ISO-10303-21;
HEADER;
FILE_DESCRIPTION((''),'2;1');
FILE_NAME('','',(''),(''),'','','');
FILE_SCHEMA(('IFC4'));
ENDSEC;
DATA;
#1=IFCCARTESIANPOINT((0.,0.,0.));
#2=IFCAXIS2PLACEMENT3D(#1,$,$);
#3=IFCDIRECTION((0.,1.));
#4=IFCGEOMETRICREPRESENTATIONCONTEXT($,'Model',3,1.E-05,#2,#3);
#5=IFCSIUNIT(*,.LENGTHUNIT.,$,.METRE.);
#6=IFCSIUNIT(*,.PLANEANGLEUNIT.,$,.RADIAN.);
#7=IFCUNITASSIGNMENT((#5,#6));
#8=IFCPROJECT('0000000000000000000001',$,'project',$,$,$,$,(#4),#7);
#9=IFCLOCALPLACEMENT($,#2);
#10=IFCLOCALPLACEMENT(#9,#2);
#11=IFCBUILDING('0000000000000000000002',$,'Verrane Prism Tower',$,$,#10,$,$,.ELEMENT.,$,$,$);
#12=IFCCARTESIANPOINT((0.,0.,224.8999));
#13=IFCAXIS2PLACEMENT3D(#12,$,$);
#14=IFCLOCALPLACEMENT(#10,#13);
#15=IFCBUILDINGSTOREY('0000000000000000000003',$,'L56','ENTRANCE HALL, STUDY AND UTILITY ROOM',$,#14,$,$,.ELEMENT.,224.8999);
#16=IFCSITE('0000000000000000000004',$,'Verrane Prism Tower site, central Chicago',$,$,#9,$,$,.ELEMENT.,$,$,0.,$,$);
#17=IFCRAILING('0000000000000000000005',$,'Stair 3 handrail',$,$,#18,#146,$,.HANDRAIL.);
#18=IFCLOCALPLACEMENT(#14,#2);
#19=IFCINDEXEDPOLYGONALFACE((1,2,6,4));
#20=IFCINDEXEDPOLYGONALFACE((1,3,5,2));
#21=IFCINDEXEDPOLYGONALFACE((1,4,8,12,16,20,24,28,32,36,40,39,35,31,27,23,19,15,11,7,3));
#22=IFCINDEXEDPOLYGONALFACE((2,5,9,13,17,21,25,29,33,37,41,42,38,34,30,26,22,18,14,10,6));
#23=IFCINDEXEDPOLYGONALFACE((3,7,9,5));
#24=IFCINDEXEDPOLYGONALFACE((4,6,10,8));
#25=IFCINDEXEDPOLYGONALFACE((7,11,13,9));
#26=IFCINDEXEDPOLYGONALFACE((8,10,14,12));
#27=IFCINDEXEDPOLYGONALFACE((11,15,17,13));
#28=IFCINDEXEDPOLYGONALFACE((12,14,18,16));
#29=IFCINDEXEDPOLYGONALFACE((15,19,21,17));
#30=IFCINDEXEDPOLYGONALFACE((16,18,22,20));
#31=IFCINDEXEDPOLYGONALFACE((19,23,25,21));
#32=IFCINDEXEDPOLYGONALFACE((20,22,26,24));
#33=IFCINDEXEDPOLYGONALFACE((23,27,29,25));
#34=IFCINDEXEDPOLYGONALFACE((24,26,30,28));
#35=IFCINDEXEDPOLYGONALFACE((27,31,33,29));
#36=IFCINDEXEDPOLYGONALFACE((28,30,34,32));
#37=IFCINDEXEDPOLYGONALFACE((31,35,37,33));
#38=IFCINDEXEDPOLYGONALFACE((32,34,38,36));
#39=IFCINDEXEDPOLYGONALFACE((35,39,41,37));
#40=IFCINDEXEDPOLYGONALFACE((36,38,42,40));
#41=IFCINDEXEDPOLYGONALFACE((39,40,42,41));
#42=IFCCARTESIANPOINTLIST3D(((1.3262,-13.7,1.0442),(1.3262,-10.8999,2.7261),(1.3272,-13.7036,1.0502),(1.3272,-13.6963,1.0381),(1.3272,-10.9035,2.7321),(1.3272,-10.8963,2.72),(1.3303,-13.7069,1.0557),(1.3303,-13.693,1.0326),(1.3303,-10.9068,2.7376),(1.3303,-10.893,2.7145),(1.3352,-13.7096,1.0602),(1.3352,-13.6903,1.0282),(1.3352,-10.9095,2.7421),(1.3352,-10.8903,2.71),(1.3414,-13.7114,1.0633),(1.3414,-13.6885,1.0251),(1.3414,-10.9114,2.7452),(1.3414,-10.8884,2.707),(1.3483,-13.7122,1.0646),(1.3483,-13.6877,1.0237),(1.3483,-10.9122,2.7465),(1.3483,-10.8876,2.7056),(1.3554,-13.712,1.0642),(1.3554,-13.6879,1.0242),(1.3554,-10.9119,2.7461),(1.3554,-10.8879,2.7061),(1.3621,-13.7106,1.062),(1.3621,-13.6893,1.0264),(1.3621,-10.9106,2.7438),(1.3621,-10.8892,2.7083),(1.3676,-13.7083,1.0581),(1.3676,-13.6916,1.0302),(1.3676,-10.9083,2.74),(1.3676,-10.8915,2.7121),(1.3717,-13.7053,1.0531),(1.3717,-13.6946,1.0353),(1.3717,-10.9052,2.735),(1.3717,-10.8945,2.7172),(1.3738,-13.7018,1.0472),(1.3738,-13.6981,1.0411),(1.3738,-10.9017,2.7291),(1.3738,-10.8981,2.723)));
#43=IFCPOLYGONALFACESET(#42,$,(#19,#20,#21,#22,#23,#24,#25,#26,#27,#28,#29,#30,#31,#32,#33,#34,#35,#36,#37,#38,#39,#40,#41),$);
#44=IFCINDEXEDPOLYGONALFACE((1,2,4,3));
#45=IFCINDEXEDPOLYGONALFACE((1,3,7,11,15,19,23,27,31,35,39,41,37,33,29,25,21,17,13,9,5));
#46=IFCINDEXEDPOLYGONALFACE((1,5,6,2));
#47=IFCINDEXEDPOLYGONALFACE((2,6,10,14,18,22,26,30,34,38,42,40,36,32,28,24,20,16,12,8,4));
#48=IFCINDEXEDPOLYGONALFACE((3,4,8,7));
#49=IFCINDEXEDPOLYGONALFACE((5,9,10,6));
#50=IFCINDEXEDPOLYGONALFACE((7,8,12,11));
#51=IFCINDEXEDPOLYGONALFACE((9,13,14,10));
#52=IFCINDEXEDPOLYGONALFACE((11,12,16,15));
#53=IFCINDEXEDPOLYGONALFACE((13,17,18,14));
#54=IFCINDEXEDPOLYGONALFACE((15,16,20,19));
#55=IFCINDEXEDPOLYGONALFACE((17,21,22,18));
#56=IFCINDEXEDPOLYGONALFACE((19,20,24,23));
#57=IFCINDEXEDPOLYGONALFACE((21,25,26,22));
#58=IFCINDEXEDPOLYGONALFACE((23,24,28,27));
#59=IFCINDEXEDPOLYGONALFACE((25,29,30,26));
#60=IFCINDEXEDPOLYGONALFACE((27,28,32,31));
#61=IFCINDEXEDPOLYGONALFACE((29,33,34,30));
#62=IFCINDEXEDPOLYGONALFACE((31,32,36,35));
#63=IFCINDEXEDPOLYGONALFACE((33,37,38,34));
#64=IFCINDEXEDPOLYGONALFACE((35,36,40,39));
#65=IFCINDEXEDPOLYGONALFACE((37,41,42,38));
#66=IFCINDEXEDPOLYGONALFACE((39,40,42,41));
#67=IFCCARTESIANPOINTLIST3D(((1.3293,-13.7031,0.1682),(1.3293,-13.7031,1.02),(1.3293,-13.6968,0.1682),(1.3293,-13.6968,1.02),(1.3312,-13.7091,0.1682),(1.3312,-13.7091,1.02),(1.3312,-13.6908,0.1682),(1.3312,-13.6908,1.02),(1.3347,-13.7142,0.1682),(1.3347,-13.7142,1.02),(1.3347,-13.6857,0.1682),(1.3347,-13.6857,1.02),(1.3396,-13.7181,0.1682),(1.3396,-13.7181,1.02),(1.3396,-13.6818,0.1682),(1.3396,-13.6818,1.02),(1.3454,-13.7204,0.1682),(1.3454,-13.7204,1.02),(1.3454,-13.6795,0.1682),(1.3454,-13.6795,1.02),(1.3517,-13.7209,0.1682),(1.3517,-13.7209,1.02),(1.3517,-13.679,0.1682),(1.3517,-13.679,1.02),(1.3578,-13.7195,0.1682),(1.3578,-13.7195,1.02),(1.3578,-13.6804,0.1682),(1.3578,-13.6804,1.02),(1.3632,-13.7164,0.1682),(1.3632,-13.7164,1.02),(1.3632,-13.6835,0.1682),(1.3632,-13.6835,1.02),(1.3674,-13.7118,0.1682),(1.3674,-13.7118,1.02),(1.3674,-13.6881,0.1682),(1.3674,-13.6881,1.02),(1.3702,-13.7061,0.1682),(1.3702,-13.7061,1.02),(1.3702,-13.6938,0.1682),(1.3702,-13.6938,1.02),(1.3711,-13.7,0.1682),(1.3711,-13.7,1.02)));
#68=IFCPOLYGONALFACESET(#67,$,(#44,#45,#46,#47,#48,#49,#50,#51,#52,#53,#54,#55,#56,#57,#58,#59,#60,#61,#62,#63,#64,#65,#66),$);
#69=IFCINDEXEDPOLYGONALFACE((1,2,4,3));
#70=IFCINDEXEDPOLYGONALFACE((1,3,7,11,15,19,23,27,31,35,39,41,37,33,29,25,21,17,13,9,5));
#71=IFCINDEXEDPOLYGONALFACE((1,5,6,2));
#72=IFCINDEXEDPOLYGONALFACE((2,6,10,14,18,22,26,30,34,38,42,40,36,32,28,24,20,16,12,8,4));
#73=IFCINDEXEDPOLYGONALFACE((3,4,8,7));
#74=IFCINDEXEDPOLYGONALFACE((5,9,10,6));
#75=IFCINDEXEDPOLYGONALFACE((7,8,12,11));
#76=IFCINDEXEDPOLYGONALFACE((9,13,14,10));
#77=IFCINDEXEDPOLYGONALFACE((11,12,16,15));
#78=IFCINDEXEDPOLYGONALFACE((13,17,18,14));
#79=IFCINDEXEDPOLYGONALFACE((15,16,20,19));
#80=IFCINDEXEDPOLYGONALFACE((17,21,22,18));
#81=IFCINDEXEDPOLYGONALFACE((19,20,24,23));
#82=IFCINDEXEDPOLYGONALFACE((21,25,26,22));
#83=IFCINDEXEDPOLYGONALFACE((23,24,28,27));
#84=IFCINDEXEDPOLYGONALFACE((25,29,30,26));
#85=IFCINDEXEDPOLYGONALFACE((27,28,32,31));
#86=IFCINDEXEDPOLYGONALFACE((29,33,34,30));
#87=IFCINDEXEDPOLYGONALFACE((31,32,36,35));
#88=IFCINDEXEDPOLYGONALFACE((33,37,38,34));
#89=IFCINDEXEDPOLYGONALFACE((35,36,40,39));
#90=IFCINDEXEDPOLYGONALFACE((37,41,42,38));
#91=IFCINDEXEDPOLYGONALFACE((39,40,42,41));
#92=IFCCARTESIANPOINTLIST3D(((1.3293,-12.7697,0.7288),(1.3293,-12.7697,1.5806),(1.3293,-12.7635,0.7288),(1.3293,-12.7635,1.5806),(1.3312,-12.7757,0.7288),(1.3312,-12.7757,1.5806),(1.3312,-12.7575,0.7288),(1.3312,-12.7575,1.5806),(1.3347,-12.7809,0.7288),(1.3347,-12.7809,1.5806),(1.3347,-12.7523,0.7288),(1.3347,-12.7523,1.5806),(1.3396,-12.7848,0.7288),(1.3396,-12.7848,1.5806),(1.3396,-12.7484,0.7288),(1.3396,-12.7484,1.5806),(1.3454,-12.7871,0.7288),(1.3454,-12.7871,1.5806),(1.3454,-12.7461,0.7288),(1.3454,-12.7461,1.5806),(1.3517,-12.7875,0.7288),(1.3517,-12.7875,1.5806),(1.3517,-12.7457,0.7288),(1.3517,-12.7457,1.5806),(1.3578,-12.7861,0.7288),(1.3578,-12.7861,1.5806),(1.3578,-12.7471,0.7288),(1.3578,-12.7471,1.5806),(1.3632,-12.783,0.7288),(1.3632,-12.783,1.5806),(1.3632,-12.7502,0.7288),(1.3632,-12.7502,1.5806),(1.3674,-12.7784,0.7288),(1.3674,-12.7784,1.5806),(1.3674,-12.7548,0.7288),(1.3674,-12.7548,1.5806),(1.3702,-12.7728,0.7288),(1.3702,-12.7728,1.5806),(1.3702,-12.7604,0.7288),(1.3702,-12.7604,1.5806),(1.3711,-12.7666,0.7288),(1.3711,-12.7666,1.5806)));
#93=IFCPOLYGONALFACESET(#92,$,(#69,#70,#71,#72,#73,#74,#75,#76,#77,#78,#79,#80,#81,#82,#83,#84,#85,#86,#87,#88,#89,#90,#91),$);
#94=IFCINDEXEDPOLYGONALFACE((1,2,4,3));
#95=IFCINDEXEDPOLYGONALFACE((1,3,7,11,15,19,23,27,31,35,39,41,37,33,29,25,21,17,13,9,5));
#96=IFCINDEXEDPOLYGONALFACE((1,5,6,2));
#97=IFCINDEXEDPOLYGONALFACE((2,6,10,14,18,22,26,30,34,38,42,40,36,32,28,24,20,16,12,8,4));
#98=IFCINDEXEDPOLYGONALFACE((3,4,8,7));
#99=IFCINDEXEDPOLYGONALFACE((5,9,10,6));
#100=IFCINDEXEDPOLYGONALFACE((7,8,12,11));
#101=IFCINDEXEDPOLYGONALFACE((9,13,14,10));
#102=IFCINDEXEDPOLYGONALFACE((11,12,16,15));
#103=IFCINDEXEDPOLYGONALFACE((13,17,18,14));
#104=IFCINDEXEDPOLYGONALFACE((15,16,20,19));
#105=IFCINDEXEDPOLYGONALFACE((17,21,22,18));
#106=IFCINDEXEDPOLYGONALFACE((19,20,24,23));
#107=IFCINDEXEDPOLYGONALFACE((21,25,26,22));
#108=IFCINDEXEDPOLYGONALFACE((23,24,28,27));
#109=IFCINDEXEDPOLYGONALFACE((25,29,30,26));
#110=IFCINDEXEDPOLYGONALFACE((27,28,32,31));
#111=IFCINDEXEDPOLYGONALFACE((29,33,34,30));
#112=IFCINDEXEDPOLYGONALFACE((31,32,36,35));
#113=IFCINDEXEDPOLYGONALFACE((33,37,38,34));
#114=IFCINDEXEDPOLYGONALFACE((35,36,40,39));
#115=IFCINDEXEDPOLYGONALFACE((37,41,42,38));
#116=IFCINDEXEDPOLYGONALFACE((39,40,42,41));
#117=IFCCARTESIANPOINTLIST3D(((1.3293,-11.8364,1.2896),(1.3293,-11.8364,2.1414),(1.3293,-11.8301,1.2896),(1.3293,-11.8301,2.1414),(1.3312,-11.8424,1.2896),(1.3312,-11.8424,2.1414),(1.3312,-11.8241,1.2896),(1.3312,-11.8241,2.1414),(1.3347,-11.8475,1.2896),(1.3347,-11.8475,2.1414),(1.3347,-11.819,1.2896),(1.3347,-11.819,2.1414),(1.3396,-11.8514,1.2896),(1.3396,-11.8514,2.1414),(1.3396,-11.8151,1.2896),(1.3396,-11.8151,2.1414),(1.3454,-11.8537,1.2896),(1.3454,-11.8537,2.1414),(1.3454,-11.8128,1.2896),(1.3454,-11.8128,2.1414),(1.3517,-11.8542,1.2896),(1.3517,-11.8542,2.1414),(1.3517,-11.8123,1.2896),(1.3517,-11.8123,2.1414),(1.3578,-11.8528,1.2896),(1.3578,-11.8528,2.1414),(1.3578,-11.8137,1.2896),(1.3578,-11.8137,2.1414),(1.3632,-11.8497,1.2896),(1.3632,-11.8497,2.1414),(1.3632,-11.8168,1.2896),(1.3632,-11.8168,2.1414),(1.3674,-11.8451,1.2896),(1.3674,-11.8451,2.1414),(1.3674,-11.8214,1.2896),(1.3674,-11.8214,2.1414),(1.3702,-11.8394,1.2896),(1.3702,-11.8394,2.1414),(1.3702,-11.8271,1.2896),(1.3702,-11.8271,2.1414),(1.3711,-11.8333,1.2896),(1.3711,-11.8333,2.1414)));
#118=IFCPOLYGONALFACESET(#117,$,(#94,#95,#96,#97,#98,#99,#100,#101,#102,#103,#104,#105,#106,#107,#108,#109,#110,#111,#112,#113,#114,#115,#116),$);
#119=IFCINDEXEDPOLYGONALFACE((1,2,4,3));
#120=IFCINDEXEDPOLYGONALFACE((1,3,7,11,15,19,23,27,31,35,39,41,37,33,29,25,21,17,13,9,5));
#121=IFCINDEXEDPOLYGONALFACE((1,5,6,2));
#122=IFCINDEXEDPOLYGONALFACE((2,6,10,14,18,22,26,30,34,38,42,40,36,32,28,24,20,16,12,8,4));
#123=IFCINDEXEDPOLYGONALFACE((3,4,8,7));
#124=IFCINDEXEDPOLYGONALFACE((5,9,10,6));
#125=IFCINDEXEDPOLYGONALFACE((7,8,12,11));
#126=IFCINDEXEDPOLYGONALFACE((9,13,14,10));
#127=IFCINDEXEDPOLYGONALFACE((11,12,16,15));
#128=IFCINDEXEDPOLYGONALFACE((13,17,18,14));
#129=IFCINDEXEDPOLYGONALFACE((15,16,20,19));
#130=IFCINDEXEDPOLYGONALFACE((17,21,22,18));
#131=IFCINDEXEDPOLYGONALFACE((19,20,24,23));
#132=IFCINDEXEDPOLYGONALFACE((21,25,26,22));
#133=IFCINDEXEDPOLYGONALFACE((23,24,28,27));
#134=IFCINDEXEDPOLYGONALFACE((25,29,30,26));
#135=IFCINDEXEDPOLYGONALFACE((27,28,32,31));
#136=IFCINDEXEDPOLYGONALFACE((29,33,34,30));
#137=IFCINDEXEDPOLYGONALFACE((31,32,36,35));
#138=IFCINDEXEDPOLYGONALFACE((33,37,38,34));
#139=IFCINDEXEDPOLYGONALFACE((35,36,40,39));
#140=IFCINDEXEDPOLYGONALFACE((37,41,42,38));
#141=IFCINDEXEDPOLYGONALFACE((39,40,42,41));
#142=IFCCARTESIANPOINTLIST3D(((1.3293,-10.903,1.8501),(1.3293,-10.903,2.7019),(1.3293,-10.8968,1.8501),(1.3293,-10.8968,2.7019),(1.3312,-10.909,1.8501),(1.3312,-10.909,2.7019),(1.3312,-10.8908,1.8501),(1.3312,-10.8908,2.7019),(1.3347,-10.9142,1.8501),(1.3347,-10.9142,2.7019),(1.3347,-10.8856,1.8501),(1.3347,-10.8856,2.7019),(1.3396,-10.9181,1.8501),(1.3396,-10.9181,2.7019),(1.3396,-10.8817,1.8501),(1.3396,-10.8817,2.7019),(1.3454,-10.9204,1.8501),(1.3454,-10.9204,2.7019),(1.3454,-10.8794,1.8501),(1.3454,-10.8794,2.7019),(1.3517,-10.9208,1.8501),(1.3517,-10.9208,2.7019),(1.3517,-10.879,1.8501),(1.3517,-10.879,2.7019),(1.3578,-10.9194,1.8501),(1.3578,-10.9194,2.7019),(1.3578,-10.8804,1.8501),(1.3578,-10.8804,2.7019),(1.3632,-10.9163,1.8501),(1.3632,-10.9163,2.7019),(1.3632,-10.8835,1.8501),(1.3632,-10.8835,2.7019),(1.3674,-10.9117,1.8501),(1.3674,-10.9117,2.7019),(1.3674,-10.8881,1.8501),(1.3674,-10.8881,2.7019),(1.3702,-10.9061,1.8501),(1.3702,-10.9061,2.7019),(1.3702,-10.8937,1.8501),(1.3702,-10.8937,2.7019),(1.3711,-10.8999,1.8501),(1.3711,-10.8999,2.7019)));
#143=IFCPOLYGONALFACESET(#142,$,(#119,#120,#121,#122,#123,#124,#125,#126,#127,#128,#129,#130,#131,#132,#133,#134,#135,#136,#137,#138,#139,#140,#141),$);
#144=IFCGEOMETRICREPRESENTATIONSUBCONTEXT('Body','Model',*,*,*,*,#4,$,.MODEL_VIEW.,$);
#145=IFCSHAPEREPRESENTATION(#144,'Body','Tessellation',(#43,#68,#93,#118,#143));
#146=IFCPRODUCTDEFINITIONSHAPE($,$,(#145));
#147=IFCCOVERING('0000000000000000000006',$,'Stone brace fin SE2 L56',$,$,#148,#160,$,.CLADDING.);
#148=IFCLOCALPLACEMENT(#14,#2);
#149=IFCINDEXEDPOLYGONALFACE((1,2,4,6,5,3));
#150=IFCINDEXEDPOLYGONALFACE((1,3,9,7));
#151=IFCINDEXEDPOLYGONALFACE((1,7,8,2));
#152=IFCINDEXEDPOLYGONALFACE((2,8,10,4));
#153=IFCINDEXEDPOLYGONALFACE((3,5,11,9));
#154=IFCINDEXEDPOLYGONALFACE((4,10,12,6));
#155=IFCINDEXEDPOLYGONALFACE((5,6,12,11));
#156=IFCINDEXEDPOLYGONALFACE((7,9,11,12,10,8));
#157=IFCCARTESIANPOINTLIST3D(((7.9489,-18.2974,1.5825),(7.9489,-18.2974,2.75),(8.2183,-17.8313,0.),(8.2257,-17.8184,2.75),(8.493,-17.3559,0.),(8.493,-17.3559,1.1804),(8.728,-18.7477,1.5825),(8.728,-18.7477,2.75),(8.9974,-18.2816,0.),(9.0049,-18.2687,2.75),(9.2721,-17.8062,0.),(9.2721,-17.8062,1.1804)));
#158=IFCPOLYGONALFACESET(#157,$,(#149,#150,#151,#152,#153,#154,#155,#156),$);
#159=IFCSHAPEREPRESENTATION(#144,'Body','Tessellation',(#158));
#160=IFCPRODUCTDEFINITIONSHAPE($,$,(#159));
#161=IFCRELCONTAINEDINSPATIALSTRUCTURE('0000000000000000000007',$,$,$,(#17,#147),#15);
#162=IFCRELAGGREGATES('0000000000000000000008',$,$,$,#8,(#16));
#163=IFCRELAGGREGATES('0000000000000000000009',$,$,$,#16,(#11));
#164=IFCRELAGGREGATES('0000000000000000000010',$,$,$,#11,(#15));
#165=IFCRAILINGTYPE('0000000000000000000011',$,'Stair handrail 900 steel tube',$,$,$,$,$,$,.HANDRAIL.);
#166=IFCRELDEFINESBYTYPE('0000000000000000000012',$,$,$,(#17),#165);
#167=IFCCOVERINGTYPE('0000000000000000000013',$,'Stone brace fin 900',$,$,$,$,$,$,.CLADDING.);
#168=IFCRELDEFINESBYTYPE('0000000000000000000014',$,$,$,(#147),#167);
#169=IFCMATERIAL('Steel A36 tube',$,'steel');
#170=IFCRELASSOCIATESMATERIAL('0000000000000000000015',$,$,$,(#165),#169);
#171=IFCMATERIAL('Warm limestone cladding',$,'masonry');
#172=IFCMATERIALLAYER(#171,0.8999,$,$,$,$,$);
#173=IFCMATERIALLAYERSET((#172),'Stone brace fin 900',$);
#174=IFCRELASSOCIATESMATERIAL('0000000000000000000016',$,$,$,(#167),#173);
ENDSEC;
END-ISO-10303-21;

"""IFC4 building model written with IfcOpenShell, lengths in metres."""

from ifc_helpers import new_model, si_unit, direction, frame, origin, origin_2d, place, context, subcontext, project, spatial, polyline, circle, outline, extrude, material, layer, layer_set, type_object, element, save


model = new_model("IFC4")

# Units and contexts
model_context = context("Model", 3, precision=1e-05, world=origin(), true_north=direction((0.0, 1.0)))
body_context = subcontext(model_context, "Body", "Model", "MODEL_VIEW")
ifc_project = project(units=[si_unit("LENGTHUNIT", "METRE"), si_unit("PLANEANGLEUNIT", "RADIAN")], contexts=[model_context])

# Site, building, storey
site_placement = place(None, origin())
site = spatial("IfcSite", under=ifc_project, at=site_placement, Name="Verrane Prism Tower site, central Chicago", CompositionType="ELEMENT", RefElevation=0.0)
building_placement = place(site_placement, origin())
building = spatial("IfcBuilding", under=site, at=building_placement, Name="Verrane Prism Tower", CompositionType="ELEMENT")
storey_placement = place(building_placement, frame((0.0, 0.0, 224.8999)))
storey = spatial("IfcBuildingStorey", under=building, at=storey_placement, Name="L56", Description="ENTRANCE HALL, STUDY AND UTILITY ROOM", CompositionType="ELEMENT", Elevation=224.8999)

# Railing
ifc_material_1 = material(Name="Steel A36 tube", Category="steel")
railing_type_1 = type_object("IfcRailingType", Name="Stair handrail 900 steel tube", PredefinedType="HANDRAIL", material=ifc_material_1)
railing_1_placement = place(storey_placement, frame((1.3501, -13.7, 0.1682)))
element("IfcRailing", 1, at=railing_1_placement, inside=storey, type_object=railing_type_1, Name="Stair 3 handrail", PredefinedType="HANDRAIL", context=body_context, shape_type="SweptSolid", body=[
    extrude(circle(Radius=0.0239, at=origin_2d()), frame((0.0, 0.0, 0.876), z_axis=(0.0, 0.857242, 0.514913), x_axis=(-1.0, 0.0, 0.0)), (0.0, 0.0, 1.0), 3.2664),
    extrude(circle(Radius=0.021, at=origin_2d()), origin(), (0.0, 0.0, 1.0), 0.8518),
    extrude(circle(Radius=0.021, at=origin_2d()), frame((0.0, 0.9333, 0.5605)), (0.0, 0.0, 1.0), 0.8518),
    extrude(circle(Radius=0.021, at=origin_2d()), frame((0.0, 1.8667, 1.1213)), (0.0, 0.0, 1.0), 0.8518),
    extrude(circle(Radius=0.021, at=origin_2d()), frame((0.0, 2.8, 1.6819)), (0.0, 0.0, 1.0), 0.8518),
])

# Covering
ifc_material_2 = material(Name="Warm limestone cladding", Category="masonry")
ifc_layer_1 = layer(ifc_material_2, 0.8999)
ifc_layer_set_1 = layer_set([ifc_layer_1], Name="Stone brace fin 900")
covering_type = type_object("IfcCoveringType", Name="Stone brace fin 900", PredefinedType="CLADDING", material=ifc_layer_set_1)
covering_placement = place(storey_placement, frame((8.8826, -17.5811, 0.0), z_axis=(0.0, 0.0, 1.0), x_axis=(-0.500364, -0.865815, 0.0)))
element("IfcCovering", 2, at=covering_placement, inside=storey, type_object=covering_type, Name="Stone brace fin SE2 L56", PredefinedType="CLADDING", context=body_context, shape_type="SweptSolid", body=[
    extrude(outline(polyline([(1.0874, 2.75), (0.5342, 2.75), (0.0, 1.1804), (0.0, 0.0), (0.5491, 0.0), (1.0874, 1.5825), (1.0874, 2.75)])), frame((0.0, 0.45, 0.0), z_axis=(0.0, -1.0, 0.0), x_axis=(1.0, 0.0, 0.0)), (0.0, 0.0, 1.0), 0.8999),
])

save(model, "model.ifc")
